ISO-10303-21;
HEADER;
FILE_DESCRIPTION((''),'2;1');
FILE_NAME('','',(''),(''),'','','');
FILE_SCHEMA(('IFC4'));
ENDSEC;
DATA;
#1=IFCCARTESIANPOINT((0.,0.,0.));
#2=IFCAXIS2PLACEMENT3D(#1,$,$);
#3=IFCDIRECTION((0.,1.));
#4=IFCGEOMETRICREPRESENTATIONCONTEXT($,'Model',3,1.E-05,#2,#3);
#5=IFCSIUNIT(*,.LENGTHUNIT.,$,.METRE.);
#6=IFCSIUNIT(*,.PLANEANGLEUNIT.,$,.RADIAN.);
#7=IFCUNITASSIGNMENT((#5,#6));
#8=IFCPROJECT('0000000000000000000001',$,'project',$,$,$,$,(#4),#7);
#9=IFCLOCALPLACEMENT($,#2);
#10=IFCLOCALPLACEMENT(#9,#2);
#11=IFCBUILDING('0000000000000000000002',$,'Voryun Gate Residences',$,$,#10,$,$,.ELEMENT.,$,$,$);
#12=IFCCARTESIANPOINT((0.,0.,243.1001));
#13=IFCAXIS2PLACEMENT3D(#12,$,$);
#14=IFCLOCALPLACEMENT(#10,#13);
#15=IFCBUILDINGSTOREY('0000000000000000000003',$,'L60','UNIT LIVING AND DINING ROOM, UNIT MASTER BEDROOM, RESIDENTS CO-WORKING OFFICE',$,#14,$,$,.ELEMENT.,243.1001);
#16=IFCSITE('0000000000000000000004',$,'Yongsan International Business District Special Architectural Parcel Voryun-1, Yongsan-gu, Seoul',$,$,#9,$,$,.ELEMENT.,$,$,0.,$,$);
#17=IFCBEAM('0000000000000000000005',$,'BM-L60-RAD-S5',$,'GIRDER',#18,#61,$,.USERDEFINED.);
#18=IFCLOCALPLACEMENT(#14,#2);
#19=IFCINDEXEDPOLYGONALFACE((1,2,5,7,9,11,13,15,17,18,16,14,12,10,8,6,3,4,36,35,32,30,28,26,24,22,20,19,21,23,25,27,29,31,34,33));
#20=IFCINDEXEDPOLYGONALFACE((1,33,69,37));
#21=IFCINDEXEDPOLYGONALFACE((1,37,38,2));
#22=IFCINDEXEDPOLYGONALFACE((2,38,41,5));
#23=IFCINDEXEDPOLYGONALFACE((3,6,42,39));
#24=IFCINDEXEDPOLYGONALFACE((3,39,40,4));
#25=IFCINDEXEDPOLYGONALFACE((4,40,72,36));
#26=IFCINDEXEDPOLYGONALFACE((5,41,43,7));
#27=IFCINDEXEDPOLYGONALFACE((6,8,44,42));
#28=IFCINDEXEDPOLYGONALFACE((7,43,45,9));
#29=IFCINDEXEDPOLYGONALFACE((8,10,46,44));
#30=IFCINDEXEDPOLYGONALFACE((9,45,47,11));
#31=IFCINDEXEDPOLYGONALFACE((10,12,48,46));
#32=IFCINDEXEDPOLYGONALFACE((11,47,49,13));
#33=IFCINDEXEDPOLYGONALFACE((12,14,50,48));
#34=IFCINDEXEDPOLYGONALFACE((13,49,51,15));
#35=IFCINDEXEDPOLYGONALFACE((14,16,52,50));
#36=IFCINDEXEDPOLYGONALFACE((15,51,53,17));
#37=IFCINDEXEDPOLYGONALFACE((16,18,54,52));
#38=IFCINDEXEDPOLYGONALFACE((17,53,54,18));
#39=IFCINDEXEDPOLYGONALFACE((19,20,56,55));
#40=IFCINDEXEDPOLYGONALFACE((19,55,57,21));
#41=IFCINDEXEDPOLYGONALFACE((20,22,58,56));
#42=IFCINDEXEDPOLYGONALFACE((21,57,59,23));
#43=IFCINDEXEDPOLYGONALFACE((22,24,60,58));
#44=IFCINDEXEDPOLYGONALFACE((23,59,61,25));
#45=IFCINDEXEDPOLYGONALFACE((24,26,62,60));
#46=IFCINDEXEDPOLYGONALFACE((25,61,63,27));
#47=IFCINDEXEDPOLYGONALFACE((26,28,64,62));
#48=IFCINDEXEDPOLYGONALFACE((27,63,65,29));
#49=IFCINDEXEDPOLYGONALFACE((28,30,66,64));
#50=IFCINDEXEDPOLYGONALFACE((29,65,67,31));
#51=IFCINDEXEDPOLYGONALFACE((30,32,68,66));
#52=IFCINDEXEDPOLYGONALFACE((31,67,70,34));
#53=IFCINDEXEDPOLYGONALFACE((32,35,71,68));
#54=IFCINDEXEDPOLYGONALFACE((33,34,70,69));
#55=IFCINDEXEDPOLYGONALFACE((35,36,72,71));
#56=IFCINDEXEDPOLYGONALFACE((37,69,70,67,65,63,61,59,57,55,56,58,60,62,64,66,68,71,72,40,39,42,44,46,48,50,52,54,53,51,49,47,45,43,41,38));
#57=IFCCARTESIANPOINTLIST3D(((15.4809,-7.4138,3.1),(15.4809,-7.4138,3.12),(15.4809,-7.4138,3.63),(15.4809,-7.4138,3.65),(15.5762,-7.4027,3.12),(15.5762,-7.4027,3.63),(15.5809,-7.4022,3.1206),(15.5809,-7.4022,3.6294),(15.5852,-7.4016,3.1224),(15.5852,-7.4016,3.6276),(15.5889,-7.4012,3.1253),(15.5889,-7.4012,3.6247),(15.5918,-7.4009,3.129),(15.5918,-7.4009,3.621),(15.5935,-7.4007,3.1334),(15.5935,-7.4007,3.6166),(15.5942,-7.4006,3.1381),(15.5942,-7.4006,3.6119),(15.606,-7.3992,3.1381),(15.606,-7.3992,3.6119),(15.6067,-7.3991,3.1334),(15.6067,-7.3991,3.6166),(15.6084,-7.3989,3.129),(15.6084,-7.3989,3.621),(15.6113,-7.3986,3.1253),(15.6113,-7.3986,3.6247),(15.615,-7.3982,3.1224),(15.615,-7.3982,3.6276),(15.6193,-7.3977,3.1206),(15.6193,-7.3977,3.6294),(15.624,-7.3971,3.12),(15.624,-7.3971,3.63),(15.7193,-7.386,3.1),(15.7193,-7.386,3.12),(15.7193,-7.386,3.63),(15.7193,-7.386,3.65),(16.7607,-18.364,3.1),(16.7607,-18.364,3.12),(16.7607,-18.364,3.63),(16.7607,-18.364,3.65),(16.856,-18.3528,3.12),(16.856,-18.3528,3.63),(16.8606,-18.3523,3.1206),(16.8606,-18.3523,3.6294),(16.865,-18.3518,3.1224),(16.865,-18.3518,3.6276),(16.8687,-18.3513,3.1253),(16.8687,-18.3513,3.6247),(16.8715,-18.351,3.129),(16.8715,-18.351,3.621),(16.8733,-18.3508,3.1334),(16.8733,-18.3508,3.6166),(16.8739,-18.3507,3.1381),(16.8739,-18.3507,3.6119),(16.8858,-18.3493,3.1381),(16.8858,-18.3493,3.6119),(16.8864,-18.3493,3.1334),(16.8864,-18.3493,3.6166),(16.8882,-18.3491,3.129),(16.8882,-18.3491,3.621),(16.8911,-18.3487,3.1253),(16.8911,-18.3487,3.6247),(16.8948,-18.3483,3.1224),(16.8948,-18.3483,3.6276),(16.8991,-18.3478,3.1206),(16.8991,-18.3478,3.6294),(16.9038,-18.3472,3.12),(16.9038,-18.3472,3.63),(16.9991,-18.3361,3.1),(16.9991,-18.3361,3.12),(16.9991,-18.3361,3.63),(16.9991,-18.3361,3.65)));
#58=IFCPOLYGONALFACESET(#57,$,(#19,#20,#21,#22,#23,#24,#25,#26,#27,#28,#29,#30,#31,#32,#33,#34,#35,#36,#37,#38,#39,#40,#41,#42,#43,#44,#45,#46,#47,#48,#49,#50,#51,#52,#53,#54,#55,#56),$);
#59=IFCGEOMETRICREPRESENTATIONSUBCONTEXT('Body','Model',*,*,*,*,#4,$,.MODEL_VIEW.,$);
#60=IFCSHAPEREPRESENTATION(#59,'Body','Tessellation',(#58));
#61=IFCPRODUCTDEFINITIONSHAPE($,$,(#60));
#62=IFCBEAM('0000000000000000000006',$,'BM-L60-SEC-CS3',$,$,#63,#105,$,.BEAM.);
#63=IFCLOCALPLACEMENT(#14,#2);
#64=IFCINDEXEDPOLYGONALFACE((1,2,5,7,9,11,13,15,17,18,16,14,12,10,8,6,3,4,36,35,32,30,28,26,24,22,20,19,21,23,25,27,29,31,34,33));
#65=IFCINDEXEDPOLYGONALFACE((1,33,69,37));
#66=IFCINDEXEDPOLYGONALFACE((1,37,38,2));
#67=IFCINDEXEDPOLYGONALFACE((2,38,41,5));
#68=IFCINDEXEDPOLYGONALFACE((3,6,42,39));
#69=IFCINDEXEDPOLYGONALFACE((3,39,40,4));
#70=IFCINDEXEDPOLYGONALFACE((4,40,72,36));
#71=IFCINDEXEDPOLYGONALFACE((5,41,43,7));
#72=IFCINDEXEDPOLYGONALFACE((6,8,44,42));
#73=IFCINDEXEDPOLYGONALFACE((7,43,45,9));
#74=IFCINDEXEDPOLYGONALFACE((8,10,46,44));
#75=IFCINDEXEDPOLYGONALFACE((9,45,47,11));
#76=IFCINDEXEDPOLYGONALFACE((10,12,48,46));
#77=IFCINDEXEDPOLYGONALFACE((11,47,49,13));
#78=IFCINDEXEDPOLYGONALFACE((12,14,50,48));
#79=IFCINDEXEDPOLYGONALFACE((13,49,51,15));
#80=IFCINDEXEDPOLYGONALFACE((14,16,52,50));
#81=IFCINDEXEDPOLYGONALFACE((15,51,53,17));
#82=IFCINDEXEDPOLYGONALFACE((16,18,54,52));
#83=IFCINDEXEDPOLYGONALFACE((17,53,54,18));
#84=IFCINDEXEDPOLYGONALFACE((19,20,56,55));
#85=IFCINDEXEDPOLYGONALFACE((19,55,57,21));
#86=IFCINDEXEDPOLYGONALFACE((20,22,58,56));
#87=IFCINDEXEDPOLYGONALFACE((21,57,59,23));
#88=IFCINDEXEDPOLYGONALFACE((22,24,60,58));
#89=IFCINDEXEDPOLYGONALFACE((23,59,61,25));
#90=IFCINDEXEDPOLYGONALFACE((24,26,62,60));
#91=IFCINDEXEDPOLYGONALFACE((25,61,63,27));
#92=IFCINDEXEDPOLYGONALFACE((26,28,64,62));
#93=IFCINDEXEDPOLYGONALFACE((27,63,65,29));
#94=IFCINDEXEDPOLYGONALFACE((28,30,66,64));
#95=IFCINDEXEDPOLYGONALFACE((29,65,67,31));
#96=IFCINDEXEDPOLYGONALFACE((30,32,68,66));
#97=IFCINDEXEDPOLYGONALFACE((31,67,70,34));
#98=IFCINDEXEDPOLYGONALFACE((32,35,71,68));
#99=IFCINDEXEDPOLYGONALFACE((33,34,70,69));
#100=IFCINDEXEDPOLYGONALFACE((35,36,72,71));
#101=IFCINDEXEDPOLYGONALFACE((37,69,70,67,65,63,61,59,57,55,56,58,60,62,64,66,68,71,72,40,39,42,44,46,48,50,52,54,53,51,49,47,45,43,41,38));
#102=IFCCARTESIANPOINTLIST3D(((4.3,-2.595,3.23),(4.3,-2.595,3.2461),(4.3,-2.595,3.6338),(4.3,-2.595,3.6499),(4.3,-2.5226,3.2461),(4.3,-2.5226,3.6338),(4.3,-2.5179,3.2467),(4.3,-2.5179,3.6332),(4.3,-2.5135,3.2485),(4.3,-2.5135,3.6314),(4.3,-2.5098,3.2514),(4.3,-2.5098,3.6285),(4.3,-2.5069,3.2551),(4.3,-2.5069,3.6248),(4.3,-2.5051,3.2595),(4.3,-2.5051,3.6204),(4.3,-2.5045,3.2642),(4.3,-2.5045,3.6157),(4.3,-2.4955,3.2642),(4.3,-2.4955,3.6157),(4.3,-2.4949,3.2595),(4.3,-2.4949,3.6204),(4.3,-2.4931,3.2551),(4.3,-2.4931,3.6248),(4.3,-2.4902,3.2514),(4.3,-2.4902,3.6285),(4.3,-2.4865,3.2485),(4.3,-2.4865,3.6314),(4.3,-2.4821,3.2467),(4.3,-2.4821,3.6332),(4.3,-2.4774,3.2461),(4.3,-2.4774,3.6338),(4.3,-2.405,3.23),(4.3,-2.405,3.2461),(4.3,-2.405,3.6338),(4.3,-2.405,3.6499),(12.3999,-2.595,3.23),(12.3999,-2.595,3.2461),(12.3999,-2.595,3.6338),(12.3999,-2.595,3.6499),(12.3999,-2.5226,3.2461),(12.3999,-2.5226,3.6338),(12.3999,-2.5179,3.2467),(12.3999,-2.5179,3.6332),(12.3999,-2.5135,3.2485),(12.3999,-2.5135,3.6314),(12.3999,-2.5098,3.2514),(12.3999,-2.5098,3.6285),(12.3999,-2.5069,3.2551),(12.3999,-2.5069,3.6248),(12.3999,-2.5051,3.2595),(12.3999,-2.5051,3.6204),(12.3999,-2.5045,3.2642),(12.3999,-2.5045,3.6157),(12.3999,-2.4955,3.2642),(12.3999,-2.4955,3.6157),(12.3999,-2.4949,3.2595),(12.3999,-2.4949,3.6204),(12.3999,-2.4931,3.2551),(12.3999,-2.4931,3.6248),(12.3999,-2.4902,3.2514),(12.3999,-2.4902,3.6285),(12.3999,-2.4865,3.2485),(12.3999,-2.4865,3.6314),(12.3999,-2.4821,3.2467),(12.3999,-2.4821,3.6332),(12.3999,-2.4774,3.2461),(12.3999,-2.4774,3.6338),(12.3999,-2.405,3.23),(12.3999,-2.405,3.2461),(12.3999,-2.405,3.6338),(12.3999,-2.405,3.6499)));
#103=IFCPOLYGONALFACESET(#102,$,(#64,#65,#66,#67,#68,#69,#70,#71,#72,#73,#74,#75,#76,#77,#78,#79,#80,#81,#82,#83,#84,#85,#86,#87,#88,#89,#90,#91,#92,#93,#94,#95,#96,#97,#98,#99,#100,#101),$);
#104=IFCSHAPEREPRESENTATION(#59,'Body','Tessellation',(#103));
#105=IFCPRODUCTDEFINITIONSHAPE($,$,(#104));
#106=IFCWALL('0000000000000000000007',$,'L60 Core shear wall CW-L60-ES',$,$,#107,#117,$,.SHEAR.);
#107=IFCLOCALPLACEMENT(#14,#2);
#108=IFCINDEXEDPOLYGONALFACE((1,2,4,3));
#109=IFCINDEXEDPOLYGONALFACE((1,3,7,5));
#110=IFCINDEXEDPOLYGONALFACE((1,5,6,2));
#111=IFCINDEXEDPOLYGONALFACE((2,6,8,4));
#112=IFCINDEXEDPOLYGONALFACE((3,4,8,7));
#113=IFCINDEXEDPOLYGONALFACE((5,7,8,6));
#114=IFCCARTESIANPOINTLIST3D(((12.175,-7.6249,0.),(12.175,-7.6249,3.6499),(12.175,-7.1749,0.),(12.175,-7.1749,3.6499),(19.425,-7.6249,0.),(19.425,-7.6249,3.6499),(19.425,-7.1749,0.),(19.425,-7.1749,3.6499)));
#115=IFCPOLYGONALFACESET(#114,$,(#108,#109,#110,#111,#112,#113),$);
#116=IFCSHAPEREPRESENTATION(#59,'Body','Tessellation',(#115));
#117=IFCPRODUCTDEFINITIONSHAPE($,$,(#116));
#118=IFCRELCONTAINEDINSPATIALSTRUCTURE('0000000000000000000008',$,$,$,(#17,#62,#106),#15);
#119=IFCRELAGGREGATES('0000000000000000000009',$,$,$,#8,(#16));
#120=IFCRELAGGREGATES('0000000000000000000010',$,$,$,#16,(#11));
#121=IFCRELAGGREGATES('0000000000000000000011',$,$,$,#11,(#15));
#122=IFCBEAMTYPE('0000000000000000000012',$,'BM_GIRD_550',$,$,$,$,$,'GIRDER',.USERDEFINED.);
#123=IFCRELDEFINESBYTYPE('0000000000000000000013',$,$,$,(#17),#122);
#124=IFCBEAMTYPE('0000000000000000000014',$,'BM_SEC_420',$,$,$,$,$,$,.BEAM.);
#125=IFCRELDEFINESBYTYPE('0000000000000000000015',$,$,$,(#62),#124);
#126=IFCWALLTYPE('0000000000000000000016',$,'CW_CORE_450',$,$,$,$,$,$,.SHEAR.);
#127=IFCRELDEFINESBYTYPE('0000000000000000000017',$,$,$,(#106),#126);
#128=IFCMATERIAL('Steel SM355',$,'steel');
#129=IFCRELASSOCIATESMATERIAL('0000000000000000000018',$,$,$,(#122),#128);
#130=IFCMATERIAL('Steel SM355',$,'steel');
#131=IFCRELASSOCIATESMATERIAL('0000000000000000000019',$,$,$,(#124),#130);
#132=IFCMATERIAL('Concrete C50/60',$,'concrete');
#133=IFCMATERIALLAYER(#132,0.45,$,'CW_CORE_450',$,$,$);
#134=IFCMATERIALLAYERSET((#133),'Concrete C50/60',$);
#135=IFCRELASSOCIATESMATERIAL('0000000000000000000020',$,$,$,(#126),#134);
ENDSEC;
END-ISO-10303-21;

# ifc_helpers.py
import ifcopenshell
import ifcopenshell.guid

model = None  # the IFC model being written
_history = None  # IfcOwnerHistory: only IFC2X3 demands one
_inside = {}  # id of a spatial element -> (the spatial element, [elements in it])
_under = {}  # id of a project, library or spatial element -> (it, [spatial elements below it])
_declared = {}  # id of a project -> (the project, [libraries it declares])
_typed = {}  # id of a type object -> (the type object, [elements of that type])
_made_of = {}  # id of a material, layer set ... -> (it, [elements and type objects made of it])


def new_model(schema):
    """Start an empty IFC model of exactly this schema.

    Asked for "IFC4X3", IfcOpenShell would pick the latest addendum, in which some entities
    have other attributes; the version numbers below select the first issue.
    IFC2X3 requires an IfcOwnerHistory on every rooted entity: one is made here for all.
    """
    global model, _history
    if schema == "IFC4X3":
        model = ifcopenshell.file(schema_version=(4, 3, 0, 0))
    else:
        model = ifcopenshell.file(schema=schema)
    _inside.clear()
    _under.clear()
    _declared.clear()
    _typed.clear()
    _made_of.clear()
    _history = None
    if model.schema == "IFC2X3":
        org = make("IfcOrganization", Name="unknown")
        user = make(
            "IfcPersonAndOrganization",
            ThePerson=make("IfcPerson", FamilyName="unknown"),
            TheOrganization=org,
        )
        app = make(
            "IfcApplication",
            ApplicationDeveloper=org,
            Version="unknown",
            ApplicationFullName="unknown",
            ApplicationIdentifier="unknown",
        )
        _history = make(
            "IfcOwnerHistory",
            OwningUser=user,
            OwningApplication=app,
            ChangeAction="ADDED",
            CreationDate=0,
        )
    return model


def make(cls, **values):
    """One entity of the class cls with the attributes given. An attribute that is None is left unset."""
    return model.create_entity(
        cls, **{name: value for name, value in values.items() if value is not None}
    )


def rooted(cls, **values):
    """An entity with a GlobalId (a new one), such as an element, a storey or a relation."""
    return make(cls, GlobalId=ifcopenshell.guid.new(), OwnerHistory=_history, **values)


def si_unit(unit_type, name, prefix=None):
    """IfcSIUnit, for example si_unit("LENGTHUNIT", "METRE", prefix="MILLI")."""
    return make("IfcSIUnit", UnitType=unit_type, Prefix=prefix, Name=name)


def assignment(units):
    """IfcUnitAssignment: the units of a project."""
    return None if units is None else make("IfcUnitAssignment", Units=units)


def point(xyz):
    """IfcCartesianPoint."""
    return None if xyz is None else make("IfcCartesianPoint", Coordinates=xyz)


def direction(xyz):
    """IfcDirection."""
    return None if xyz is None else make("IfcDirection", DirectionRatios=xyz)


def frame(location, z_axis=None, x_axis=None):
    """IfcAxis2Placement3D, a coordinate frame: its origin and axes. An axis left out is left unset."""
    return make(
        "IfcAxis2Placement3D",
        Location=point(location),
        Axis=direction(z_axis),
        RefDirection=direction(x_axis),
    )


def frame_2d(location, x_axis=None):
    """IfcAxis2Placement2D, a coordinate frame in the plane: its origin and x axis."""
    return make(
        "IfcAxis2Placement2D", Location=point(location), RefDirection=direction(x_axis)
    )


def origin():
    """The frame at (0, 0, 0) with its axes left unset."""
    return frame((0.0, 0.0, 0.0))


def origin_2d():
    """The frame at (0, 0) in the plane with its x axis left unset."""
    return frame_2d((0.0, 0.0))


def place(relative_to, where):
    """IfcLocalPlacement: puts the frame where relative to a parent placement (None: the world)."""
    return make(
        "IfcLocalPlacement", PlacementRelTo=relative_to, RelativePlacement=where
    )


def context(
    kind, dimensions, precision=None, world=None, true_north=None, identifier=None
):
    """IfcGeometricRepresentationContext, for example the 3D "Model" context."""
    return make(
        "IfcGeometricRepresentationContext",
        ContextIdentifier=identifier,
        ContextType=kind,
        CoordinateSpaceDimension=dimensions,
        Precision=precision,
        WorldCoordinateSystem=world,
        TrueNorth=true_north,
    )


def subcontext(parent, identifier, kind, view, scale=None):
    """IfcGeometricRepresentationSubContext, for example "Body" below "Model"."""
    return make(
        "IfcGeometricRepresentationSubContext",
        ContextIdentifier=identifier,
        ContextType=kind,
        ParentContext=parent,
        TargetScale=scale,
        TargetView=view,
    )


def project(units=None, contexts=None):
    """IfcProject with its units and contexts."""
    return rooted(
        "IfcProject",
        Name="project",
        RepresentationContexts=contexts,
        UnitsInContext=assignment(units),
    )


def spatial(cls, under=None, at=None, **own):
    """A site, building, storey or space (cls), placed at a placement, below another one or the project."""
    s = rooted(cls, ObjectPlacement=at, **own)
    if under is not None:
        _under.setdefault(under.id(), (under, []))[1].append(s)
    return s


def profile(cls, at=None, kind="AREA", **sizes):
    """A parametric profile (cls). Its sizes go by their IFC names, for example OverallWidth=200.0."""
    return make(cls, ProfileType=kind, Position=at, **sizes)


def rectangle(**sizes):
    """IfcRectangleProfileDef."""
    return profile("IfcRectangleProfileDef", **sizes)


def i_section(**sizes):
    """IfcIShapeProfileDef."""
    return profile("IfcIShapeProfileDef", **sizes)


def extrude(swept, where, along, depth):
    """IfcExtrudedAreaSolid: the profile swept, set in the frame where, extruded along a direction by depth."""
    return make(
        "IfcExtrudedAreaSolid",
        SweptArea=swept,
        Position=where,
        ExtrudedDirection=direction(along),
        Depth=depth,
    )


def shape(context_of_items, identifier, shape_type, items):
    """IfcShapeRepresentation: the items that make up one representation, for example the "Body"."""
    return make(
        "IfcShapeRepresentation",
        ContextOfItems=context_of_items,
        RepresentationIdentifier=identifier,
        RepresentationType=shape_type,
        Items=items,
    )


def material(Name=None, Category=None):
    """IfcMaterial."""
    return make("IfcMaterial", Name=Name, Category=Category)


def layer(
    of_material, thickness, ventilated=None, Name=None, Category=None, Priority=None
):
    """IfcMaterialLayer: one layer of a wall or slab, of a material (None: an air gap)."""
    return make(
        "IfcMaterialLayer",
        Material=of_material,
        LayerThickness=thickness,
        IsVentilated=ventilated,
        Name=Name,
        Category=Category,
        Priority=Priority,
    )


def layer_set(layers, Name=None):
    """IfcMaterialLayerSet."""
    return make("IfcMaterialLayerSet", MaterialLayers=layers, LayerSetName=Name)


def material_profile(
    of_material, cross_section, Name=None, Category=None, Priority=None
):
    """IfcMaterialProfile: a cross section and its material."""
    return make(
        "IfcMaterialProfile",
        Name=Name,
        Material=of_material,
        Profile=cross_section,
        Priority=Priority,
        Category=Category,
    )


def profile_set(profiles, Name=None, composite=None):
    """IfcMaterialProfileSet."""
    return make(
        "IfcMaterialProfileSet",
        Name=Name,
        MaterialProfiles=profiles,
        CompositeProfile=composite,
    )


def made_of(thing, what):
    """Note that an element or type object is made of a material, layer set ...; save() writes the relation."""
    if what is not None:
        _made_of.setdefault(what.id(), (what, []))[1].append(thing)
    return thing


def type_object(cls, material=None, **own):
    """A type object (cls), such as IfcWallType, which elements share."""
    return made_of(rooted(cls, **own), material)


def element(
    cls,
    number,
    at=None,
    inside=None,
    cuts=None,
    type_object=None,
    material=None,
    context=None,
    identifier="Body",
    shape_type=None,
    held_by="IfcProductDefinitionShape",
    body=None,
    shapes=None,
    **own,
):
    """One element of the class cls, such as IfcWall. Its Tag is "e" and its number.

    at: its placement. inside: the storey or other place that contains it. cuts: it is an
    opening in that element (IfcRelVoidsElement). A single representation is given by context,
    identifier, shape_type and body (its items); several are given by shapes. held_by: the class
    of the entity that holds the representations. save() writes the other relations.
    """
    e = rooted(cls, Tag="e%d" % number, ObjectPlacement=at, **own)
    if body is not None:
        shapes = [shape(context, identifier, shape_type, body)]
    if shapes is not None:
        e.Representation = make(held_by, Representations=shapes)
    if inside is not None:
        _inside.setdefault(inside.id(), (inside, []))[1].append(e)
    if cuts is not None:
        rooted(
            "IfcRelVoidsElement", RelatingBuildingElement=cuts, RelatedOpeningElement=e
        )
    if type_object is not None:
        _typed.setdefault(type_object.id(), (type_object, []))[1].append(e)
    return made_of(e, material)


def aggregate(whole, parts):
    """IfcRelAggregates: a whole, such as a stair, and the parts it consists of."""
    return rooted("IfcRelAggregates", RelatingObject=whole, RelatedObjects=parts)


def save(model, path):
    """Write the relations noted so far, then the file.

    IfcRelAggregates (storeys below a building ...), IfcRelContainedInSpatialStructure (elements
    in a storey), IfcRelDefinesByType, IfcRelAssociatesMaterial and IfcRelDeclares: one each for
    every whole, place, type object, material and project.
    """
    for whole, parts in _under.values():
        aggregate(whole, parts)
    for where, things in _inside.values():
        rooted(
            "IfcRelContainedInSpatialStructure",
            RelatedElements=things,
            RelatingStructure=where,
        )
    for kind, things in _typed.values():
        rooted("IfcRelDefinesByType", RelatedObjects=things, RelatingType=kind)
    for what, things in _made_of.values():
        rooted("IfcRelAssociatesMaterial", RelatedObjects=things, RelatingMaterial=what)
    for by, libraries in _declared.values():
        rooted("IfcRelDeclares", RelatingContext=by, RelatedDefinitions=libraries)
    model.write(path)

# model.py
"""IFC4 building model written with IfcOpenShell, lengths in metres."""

from ifc_helpers import new_model, si_unit, direction, frame, frame_2d, origin, origin_2d, place, context, subcontext, project, spatial, rectangle, i_section, extrude, material, layer, layer_set, material_profile, profile_set, type_object, element, save


model = new_model("IFC4")

# Units and contexts
model_context = context("Model", 3, precision=1e-05, world=origin(), true_north=direction((0.0, 1.0)))
body_context = subcontext(model_context, "Body", "Model", "MODEL_VIEW")
ifc_project = project(units=[si_unit("LENGTHUNIT", "METRE"), si_unit("PLANEANGLEUNIT", "RADIAN")], contexts=[model_context])

# Site, building, storey
site_placement = place(None, origin())
site = spatial("IfcSite", under=ifc_project, at=site_placement, Name="Yongsan International Business District Special Architectural Parcel Voryun-1, Yongsan-gu, Seoul", CompositionType="ELEMENT", RefElevation=0.0)
building_placement = place(site_placement, origin())
building = spatial("IfcBuilding", under=site, at=building_placement, Name="Voryun Gate Residences", CompositionType="ELEMENT")
storey_placement = place(building_placement, frame((0.0, 0.0, 243.1001)))
storey = spatial("IfcBuildingStorey", under=building, at=storey_placement, Name="L60", Description="UNIT LIVING AND DINING ROOM, UNIT MASTER BEDROOM, RESIDENTS CO-WORKING OFFICE", CompositionType="ELEMENT", Elevation=243.1001)

# Beams
ifc_material_1 = material(Name="Steel SM355", Category="steel")
ifc_material_profile_1 = material_profile(ifc_material_1, i_section(OverallWidth=0.24, OverallDepth=0.55, WebThickness=0.012, FlangeThickness=0.02, FilletRadius=0.0181, at=origin_2d()), Name="H-550x240x12x20")
ifc_profile_set_1 = profile_set([ifc_material_profile_1], Name="Steel SM355")
beam_type_1 = type_object("IfcBeamType", Name="BM_GIRD_550", ElementType="GIRDER", PredefinedType="USERDEFINED", material=ifc_profile_set_1)
beam_1_placement = place(storey_placement, frame((15.6001, -7.3999, 3.375), z_axis=(0.116083, -0.993239, 0.0), x_axis=(0.993239, 0.116083, 0.0)))
element("IfcBeam", 1, at=beam_1_placement, inside=storey, type_object=beam_type_1, Name="BM-L60-RAD-S5", ObjectType="GIRDER", PredefinedType="USERDEFINED", context=body_context, shape_type="SweptSolid", body=[
    extrude(i_section(OverallWidth=0.24, OverallDepth=0.55, WebThickness=0.012, FlangeThickness=0.02, FilletRadius=0.0181, at=origin_2d()), origin(), (0.0, 0.0, 1.0), 11.0247),
])
ifc_material_2 = material(Name="Steel SM355", Category="steel")
ifc_material_profile_2 = material_profile(ifc_material_2, i_section(OverallWidth=0.1899, OverallDepth=0.4199, WebThickness=0.009, FlangeThickness=0.0161, FilletRadius=0.0181, at=origin_2d()), Name="H-420x190x9x16")
ifc_profile_set_2 = profile_set([ifc_material_profile_2], Name="Steel SM355")
beam_type_2 = type_object("IfcBeamType", Name="BM_SEC_420", PredefinedType="BEAM", material=ifc_profile_set_2)
beam_2_placement = place(storey_placement, frame((4.3, -2.5, 3.4399), z_axis=(1.0, 0.0, 0.0), x_axis=(0.0, 1.0, 0.0)))
element("IfcBeam", 2, at=beam_2_placement, inside=storey, type_object=beam_type_2, Name="BM-L60-SEC-CS3", PredefinedType="BEAM", context=body_context, shape_type="SweptSolid", body=[
    extrude(i_section(OverallWidth=0.1899, OverallDepth=0.4199, WebThickness=0.009, FlangeThickness=0.0161, FilletRadius=0.0181, at=origin_2d()), origin(), (0.0, 0.0, 1.0), 8.0999),
])

# Wall
ifc_material_3 = material(Name="Concrete C50/60", Category="concrete")
ifc_layer_1 = layer(ifc_material_3, 0.45, Name="CW_CORE_450")
ifc_layer_set_1 = layer_set([ifc_layer_1], Name="Concrete C50/60")
wall_type_1 = type_object("IfcWallType", Name="CW_CORE_450", PredefinedType="SHEAR", material=ifc_layer_set_1)
wall_1_placement = place(storey_placement, frame((12.175, -7.3999, 0.0), z_axis=(0.0, 0.0, 1.0), x_axis=(1.0, 0.0, 0.0)))
element("IfcWall", 3, at=wall_1_placement, inside=storey, type_object=wall_type_1, Name="L60 Core shear wall CW-L60-ES", PredefinedType="SHEAR", context=body_context, shape_type="SweptSolid", body=[
    extrude(rectangle(XDim=7.25, YDim=0.45, at=frame_2d((3.625, 0.0))), origin(), (0.0, 0.0, 1.0), 3.6499),
])

save(model, "model.ifc")
